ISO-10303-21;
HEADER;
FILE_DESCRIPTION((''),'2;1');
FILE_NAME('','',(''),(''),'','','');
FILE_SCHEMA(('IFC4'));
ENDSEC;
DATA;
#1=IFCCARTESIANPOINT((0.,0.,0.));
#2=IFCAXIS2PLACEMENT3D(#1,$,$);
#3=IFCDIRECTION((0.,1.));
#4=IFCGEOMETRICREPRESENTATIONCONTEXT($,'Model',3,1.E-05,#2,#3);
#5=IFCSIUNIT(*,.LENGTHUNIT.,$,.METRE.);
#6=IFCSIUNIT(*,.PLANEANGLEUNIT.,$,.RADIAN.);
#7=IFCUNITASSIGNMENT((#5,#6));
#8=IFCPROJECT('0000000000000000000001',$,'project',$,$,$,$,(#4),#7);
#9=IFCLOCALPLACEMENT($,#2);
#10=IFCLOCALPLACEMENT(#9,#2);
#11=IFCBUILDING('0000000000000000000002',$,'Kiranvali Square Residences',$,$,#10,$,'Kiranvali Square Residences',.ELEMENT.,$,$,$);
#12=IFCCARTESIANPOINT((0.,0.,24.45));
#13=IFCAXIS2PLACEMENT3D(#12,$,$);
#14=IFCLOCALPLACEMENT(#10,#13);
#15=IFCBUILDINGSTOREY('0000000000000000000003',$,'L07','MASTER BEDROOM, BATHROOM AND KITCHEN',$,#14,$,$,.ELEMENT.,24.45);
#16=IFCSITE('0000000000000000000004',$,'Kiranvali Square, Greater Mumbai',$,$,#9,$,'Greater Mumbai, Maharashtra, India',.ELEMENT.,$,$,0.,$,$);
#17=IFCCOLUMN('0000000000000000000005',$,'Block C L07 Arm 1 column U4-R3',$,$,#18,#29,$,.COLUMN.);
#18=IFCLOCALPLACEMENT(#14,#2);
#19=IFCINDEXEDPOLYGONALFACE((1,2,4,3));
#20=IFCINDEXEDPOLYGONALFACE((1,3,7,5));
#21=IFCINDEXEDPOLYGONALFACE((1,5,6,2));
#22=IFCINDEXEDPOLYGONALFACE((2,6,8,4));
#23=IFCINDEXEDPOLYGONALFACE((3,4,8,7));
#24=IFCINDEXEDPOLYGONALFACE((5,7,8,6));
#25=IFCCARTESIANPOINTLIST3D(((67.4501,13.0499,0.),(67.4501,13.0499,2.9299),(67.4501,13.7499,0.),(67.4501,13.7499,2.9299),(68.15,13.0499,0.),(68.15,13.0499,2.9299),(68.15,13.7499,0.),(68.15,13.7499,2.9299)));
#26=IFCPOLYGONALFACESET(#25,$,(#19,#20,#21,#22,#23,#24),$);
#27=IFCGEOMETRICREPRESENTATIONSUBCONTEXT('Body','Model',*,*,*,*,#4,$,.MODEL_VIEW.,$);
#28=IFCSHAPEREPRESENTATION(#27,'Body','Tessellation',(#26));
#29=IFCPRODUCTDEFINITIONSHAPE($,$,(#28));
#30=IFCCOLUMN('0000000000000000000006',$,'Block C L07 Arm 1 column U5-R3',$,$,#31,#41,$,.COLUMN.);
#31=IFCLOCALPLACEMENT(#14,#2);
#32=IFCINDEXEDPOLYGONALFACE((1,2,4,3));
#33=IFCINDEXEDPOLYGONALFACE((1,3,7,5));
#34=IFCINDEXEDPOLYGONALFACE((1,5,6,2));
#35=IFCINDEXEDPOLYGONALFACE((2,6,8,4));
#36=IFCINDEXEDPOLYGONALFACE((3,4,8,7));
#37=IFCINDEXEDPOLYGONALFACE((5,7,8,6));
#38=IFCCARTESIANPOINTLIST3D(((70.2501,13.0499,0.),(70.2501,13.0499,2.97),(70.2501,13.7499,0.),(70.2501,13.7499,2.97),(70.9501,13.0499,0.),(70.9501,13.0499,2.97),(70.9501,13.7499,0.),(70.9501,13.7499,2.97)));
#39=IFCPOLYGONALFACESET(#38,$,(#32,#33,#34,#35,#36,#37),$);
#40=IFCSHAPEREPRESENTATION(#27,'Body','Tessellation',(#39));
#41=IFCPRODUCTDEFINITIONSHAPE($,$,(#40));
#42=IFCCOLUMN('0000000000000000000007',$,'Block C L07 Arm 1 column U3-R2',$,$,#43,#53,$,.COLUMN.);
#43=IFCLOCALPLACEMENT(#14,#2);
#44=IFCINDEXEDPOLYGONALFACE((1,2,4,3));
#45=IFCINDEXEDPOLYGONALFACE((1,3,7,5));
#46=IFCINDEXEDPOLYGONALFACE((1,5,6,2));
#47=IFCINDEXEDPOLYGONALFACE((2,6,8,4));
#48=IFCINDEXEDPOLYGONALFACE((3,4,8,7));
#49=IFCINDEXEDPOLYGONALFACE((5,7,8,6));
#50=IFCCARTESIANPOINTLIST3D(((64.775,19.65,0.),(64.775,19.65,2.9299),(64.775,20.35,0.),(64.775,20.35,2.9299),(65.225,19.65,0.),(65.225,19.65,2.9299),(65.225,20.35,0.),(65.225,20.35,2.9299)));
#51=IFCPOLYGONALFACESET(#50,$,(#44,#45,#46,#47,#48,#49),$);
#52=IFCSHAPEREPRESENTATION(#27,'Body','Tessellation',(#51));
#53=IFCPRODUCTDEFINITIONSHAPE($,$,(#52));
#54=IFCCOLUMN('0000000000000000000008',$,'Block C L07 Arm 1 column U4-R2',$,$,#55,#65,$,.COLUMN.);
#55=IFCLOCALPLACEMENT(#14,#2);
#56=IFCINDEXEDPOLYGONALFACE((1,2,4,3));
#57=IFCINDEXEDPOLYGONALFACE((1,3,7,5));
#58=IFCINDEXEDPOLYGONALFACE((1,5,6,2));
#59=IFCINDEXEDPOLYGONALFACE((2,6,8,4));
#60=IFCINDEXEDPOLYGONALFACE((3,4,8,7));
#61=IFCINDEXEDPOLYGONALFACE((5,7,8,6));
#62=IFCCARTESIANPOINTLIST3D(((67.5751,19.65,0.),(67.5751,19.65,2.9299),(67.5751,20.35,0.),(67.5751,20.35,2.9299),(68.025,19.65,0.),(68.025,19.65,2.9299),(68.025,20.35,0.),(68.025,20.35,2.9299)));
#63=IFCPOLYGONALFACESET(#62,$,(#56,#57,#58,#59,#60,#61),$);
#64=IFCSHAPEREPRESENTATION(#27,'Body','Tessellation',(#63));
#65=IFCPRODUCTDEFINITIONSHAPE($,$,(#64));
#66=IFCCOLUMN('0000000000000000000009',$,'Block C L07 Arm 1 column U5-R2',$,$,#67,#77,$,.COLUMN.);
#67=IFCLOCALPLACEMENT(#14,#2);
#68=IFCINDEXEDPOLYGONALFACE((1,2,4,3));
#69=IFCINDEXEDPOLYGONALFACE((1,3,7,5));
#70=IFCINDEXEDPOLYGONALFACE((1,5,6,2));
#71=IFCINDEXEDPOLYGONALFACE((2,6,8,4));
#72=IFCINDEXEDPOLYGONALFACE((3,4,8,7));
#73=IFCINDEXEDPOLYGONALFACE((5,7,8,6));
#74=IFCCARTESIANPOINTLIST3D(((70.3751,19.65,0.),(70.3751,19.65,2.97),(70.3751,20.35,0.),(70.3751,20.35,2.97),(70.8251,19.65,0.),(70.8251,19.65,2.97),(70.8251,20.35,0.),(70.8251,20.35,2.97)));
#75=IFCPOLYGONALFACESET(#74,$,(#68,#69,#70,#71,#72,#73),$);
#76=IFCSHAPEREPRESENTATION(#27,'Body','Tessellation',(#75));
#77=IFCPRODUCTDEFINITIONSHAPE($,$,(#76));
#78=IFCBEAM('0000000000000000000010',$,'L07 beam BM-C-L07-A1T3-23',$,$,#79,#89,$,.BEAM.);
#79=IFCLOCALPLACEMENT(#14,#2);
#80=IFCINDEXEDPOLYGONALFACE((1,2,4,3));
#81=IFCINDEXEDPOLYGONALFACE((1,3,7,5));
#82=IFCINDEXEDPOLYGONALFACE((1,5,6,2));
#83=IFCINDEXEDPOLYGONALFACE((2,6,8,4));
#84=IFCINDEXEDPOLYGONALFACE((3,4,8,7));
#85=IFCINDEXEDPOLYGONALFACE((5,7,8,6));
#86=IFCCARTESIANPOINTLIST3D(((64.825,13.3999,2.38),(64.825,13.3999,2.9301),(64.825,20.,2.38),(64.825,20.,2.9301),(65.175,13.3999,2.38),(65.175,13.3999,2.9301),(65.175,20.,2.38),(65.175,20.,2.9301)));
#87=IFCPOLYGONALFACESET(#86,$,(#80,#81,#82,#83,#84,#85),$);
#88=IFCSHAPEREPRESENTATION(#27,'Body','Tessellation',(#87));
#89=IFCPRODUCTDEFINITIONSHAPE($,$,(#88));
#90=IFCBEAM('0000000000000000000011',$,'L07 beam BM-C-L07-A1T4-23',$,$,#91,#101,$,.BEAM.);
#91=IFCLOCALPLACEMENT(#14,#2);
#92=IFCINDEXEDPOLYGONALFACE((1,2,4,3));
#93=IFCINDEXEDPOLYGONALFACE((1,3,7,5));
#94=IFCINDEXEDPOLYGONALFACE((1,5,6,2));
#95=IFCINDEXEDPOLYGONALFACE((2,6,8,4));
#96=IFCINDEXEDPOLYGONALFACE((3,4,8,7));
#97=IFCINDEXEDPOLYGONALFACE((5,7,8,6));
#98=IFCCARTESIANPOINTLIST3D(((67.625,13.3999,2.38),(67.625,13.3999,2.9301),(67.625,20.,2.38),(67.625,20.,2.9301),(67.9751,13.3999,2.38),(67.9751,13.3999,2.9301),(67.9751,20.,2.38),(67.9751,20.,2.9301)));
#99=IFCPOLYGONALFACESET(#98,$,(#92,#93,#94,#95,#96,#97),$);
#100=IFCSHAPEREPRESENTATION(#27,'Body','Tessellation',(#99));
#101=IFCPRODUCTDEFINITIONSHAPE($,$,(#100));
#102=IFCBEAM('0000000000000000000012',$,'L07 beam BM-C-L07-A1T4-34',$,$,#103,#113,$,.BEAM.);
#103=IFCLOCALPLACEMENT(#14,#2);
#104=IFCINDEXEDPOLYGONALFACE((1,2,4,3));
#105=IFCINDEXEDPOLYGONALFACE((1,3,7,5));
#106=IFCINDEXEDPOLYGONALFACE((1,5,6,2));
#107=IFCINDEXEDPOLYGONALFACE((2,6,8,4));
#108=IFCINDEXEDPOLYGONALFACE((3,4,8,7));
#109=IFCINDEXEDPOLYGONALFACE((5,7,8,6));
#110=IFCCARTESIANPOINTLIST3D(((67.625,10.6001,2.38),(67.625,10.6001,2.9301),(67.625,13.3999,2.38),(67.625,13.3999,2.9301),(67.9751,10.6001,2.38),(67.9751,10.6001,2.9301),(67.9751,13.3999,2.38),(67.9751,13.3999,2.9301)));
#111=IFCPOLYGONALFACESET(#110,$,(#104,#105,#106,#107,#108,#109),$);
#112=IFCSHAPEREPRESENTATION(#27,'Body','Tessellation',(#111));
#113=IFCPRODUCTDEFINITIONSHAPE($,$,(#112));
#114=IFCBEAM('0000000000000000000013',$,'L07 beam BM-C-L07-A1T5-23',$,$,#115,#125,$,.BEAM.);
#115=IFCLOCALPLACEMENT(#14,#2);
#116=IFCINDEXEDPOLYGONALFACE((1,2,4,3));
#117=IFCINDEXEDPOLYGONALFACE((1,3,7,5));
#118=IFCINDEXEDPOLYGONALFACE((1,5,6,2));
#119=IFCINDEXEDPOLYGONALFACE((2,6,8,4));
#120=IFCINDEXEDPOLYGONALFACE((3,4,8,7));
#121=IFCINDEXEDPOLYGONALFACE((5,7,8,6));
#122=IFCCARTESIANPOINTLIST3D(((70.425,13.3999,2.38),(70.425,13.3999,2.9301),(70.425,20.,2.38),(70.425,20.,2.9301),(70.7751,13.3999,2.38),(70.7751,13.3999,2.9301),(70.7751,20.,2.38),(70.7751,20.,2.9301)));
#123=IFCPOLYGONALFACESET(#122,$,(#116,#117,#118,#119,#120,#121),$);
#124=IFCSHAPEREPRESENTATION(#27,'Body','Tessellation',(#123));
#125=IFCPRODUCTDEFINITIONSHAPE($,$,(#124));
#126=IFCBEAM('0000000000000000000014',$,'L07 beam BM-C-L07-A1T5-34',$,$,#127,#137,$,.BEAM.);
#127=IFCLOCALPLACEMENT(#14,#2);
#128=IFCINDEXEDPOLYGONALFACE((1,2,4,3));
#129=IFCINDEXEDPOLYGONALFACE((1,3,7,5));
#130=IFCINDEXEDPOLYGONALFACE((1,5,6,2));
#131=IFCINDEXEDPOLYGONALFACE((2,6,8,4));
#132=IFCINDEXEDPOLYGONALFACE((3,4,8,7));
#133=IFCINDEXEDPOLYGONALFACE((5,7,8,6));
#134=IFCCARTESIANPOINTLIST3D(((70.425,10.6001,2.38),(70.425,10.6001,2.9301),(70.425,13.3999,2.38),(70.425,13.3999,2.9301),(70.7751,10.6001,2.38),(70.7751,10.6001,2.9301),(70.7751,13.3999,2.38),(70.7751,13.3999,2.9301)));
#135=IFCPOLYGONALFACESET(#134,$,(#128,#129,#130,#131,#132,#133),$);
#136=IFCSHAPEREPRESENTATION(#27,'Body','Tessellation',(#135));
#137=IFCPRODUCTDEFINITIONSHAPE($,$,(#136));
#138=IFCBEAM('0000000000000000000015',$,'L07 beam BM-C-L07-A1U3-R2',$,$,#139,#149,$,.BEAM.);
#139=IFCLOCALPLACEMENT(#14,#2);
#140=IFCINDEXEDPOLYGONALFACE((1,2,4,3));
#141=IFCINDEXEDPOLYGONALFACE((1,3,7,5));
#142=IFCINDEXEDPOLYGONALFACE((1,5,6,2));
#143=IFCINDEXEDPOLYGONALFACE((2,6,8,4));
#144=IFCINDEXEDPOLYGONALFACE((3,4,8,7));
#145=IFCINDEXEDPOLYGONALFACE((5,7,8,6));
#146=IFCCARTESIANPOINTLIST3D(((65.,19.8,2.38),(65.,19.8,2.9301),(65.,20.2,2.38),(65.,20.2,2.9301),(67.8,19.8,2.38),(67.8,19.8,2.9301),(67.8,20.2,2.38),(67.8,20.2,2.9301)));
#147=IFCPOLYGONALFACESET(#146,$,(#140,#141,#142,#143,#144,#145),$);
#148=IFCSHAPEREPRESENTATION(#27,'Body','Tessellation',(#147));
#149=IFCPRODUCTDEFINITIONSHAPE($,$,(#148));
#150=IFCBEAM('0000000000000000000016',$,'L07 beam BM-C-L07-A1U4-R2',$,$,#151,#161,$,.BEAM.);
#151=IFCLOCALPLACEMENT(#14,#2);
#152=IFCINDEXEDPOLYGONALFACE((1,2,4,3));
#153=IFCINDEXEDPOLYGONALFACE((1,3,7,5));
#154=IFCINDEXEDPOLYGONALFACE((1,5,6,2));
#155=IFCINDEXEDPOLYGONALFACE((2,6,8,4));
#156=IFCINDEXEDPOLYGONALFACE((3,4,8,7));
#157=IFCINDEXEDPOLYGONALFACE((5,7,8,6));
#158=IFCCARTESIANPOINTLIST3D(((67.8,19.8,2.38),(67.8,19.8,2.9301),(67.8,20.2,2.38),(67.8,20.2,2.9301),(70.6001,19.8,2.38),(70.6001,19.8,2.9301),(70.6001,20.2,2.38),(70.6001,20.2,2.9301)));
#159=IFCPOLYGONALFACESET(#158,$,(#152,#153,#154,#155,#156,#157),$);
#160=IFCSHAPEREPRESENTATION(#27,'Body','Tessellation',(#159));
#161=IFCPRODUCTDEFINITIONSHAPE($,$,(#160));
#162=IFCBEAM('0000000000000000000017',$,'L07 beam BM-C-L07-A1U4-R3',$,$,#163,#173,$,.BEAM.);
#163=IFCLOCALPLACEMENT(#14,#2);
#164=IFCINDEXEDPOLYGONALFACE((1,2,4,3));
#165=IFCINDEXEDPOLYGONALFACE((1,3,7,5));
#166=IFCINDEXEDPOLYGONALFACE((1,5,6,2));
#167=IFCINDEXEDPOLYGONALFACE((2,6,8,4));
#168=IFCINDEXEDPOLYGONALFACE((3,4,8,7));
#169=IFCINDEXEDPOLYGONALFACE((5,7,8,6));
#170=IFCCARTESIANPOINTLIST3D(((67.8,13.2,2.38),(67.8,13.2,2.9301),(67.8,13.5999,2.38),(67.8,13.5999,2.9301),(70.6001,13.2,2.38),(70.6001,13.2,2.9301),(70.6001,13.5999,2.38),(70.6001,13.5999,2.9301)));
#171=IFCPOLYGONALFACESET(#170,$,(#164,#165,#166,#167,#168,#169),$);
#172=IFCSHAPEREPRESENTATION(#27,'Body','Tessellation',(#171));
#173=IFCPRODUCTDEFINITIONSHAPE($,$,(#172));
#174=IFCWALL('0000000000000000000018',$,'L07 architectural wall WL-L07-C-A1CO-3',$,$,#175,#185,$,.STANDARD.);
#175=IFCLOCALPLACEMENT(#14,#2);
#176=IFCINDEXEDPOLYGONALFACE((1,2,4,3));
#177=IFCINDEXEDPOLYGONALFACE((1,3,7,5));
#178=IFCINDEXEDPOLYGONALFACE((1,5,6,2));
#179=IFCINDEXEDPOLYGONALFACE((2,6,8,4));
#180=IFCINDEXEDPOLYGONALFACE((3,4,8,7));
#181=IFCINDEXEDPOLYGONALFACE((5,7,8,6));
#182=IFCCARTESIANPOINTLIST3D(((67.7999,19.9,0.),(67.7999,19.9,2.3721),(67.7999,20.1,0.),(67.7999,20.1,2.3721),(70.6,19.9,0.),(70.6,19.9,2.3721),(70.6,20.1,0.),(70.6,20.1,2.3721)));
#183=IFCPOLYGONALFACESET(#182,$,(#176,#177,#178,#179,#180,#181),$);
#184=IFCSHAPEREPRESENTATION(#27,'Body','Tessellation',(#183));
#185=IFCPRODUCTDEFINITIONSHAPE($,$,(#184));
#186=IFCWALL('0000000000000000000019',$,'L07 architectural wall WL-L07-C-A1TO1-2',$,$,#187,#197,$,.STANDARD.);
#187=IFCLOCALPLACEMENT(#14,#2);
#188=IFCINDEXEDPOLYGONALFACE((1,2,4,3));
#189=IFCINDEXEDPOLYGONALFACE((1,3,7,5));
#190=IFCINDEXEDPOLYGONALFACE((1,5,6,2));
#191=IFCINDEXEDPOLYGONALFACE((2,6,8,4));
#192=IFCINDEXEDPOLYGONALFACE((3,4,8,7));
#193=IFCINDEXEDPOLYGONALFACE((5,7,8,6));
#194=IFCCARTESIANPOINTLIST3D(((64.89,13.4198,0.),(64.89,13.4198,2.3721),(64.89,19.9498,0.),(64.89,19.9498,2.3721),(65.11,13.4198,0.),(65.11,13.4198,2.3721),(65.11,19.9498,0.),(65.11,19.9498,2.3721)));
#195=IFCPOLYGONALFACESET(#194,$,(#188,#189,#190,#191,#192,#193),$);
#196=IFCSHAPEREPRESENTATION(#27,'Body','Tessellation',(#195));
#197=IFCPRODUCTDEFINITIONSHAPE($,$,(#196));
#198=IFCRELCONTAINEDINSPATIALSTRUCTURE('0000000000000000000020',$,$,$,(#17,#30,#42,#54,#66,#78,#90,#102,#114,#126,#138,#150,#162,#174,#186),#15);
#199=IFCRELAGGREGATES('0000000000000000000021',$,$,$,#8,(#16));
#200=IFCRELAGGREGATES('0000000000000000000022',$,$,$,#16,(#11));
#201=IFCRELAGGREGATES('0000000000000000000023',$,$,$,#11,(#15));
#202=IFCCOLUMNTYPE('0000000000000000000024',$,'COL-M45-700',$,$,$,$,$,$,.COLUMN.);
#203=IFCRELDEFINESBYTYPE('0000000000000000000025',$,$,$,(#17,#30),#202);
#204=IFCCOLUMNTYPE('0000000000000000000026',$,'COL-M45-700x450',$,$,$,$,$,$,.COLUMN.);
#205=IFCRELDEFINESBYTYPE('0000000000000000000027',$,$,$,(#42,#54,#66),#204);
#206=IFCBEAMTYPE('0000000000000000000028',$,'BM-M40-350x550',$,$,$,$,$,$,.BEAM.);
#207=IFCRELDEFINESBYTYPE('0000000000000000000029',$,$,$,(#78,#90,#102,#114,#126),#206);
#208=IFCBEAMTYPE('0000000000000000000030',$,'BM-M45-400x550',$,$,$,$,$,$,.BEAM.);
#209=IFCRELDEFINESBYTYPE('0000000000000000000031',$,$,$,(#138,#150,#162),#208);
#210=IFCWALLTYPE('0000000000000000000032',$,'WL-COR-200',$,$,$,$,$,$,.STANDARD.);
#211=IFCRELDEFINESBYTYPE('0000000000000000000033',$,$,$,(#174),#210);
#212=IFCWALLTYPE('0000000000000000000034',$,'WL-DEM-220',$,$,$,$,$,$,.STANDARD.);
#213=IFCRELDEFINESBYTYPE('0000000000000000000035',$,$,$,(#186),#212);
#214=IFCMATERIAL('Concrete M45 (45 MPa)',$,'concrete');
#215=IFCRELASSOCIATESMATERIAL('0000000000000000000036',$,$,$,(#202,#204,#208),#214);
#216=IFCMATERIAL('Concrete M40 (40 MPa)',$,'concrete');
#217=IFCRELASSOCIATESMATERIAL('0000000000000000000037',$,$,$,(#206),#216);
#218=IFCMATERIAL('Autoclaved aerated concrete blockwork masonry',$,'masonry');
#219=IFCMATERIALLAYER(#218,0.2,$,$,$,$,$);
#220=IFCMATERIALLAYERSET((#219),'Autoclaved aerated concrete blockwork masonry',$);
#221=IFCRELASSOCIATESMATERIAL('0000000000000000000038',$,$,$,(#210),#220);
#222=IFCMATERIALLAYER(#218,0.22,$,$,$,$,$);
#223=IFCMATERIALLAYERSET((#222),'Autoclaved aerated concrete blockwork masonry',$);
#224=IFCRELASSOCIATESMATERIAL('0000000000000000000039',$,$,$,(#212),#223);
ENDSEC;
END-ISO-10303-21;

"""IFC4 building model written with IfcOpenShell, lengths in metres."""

from ifc_helpers import new_model, si_unit, direction, frame, frame_2d, origin, origin_2d, place, context, subcontext, project, spatial, rectangle, extrude, material, layer, layer_set, material_profile, profile_set, type_object, element, save


model = new_model("IFC4")

# Units and contexts
model_context = context("Model", 3, precision=1e-05, world=origin(), true_north=direction((0.0, 1.0)))
body_context = subcontext(model_context, "Body", "Model", "MODEL_VIEW")
ifc_project = project(units=[si_unit("LENGTHUNIT", "METRE"), si_unit("PLANEANGLEUNIT", "RADIAN")], contexts=[model_context])

# Site, building, storey
site_placement = place(None, origin())
site = spatial("IfcSite", under=ifc_project, at=site_placement, Name="Kiranvali Square, Greater Mumbai", LongName="Greater Mumbai, Maharashtra, India", CompositionType="ELEMENT", RefElevation=0.0)
building_placement = place(site_placement, origin())
building = spatial("IfcBuilding", under=site, at=building_placement, Name="Kiranvali Square Residences", LongName="Kiranvali Square Residences", CompositionType="ELEMENT")
storey_placement = place(building_placement, frame((0.0, 0.0, 24.45)))
storey = spatial("IfcBuildingStorey", under=building, at=storey_placement, Name="L07", Description="MASTER BEDROOM, BATHROOM AND KITCHEN", CompositionType="ELEMENT", Elevation=24.45)

# Columns
ifc_material_1 = material(Name="Concrete M45 (45 MPa)", Category="concrete")
ifc_material_profile_1 = material_profile(ifc_material_1, rectangle(XDim=0.7, YDim=0.7, at=origin_2d()), Name="RC 700x700")
ifc_profile_set_1 = profile_set([ifc_material_profile_1], Name="Concrete M45 (45 MPa)")
column_type_1 = type_object("IfcColumnType", Name="COL-M45-700", PredefinedType="COLUMN", material=ifc_profile_set_1)
column_1_placement = place(storey_placement, frame((67.8, 13.3999, 0.0), z_axis=(0.0, 0.0, 1.0), x_axis=(1.0, 0.0, 0.0)))
element("IfcColumn", 1, at=column_1_placement, inside=storey, type_object=column_type_1, Name="Block C L07 Arm 1 column U4-R3", PredefinedType="COLUMN", context=body_context, shape_type="SweptSolid", body=[
    extrude(rectangle(XDim=0.7, YDim=0.7, at=origin_2d()), origin(), (0.0, 0.0, 1.0), 2.9299),
])
column_2_placement = place(storey_placement, frame((70.6001, 13.3999, 0.0), z_axis=(0.0, 0.0, 1.0), x_axis=(1.0, 0.0, 0.0)))
element("IfcColumn", 2, at=column_2_placement, inside=storey, type_object=column_type_1, Name="Block C L07 Arm 1 column U5-R3", PredefinedType="COLUMN", context=body_context, shape_type="SweptSolid", body=[
    extrude(rectangle(XDim=0.7, YDim=0.7, at=origin_2d()), origin(), (0.0, 0.0, 1.0), 2.97),
])
ifc_material_profile_2 = material_profile(ifc_material_1, rectangle(XDim=0.45, YDim=0.7, at=origin_2d()), Name="RC 700x450")
ifc_profile_set_2 = profile_set([ifc_material_profile_2], Name="Concrete M45 (45 MPa)")
column_type_2 = type_object("IfcColumnType", Name="COL-M45-700x450", PredefinedType="COLUMN", material=ifc_profile_set_2)
for number, where, z_axis, x_axis, name in (
    (3, (65.0, 20.0, 0.0), (0.0, 0.0, 1.0), (1.0, 0.0, 0.0), "Block C L07 Arm 1 column U3-R2"),
    (4, (67.8, 20.0, 0.0), (0.0, 0.0, 1.0), (1.0, 0.0, 0.0), "Block C L07 Arm 1 column U4-R2"),
):
    element("IfcColumn", number, at=place(storey_placement, frame(where, z_axis=z_axis, x_axis=x_axis)), inside=storey, type_object=column_type_2, Name=name, PredefinedType="COLUMN", context=body_context, shape_type="SweptSolid", body=[
        extrude(rectangle(XDim=0.45, YDim=0.7, at=origin_2d()), origin(), (0.0, 0.0, 1.0), 2.9299),
    ])
column_3_placement = place(storey_placement, frame((70.6001, 20.0, 0.0), z_axis=(0.0, 0.0, 1.0), x_axis=(1.0, 0.0, 0.0)))
element("IfcColumn", 5, at=column_3_placement, inside=storey, type_object=column_type_2, Name="Block C L07 Arm 1 column U5-R2", PredefinedType="COLUMN", context=body_context, shape_type="SweptSolid", body=[
    extrude(rectangle(XDim=0.45, YDim=0.7, at=origin_2d()), origin(), (0.0, 0.0, 1.0), 2.97),
])

# Beams
ifc_material_2 = material(Name="Concrete M40 (40 MPa)", Category="concrete")
ifc_material_profile_3 = material_profile(ifc_material_2, rectangle(XDim=0.3501, YDim=0.55, at=origin_2d()), Name="RC 350x550")
ifc_profile_set_3 = profile_set([ifc_material_profile_3], Name="Concrete M40 (40 MPa)")
beam_type_1 = type_object("IfcBeamType", Name="BM-M40-350x550", PredefinedType="BEAM", material=ifc_profile_set_3)
for number, where, z_axis, x_axis, name in (
    (6, (65.0, 20.0, 2.655), (0.0, -1.0, 0.0), (1.0, 0.0, 0.0), "L07 beam BM-C-L07-A1T3-23"),
    (7, (67.8, 20.0, 2.655), (0.0, -1.0, 0.0), (1.0, 0.0, 0.0), "L07 beam BM-C-L07-A1T4-23"),
):
    element("IfcBeam", number, at=place(storey_placement, frame(where, z_axis=z_axis, x_axis=x_axis)), inside=storey, type_object=beam_type_1, Name=name, PredefinedType="BEAM", context=body_context, shape_type="SweptSolid", body=[
        extrude(rectangle(XDim=0.3501, YDim=0.55, at=origin_2d()), origin(), (0.0, 0.0, 1.0), 6.6001),
    ])
beam_1_placement = place(storey_placement, frame((67.8, 13.3999, 2.655), z_axis=(0.0, -1.0, 0.0), x_axis=(1.0, 0.0, 0.0)))
element("IfcBeam", 8, at=beam_1_placement, inside=storey, type_object=beam_type_1, Name="L07 beam BM-C-L07-A1T4-34", PredefinedType="BEAM", context=body_context, shape_type="SweptSolid", body=[
    extrude(rectangle(XDim=0.3501, YDim=0.55, at=origin_2d()), origin(), (0.0, 0.0, 1.0), 2.7998),
])
beam_2_placement = place(storey_placement, frame((70.6001, 20.0, 2.655), z_axis=(0.0, -1.0, 0.0), x_axis=(1.0, 0.0, 0.0)))
element("IfcBeam", 9, at=beam_2_placement, inside=storey, type_object=beam_type_1, Name="L07 beam BM-C-L07-A1T5-23", PredefinedType="BEAM", context=body_context, shape_type="SweptSolid", body=[
    extrude(rectangle(XDim=0.3501, YDim=0.55, at=origin_2d()), origin(), (0.0, 0.0, 1.0), 6.6001),
])
beam_3_placement = place(storey_placement, frame((70.6001, 13.3999, 2.655), z_axis=(0.0, -1.0, 0.0), x_axis=(1.0, 0.0, 0.0)))
element("IfcBeam", 10, at=beam_3_placement, inside=storey, type_object=beam_type_1, Name="L07 beam BM-C-L07-A1T5-34", PredefinedType="BEAM", context=body_context, shape_type="SweptSolid", body=[
    extrude(rectangle(XDim=0.3501, YDim=0.55, at=origin_2d()), origin(), (0.0, 0.0, 1.0), 2.7998),
])
ifc_material_profile_4 = material_profile(ifc_material_1, rectangle(XDim=0.3999, YDim=0.55, at=origin_2d()), Name="RC 400x550")
ifc_profile_set_4 = profile_set([ifc_material_profile_4], Name="Concrete M45 (45 MPa)")
beam_type_2 = type_object("IfcBeamType", Name="BM-M45-400x550", PredefinedType="BEAM", material=ifc_profile_set_4)
for number, where, z_axis, x_axis, name in (
    (11, (65.0, 20.0, 2.655), (1.0, 0.0, 0.0), (0.0, 1.0, 0.0), "L07 beam BM-C-L07-A1U3-R2"),
    (12, (67.8, 20.0, 2.655), (1.0, 0.0, 0.0), (0.0, 1.0, 0.0), "L07 beam BM-C-L07-A1U4-R2"),
    (13, (67.8, 13.3999, 2.655), (1.0, 0.0, 0.0), (0.0, 1.0, 0.0), "L07 beam BM-C-L07-A1U4-R3"),
):
    element("IfcBeam", number, at=place(storey_placement, frame(where, z_axis=z_axis, x_axis=x_axis)), inside=storey, type_object=beam_type_2, Name=name, PredefinedType="BEAM", context=body_context, shape_type="SweptSolid", body=[
        extrude(rectangle(XDim=0.3999, YDim=0.55, at=origin_2d()), origin(), (0.0, 0.0, 1.0), 2.8),
    ])

# Shared definitions
ifc_material_3 = material(Name="Autoclaved aerated concrete blockwork masonry", Category="masonry")
ifc_layer_1 = layer(ifc_material_3, 0.2)
ifc_layer_set_1 = layer_set([ifc_layer_1], Name="Autoclaved aerated concrete blockwork masonry")
wall_type_1 = type_object("IfcWallType", Name="WL-COR-200", PredefinedType="STANDARD", material=ifc_layer_set_1)

# Walls
wall_1_placement = place(storey_placement, frame((67.8, 20.0, 0.0), z_axis=(0.0, 0.0, 1.0), x_axis=(1.0, 0.0, 0.0)))
element("IfcWall", 14, at=wall_1_placement, inside=storey, type_object=wall_type_1, Name="L07 architectural wall WL-L07-C-A1CO-3", PredefinedType="STANDARD", context=body_context, shape_type="SweptSolid", body=[
    extrude(rectangle(XDim=2.8, YDim=0.2, at=frame_2d((1.3999, 0.0))), origin(), (0.0, 0.0, 1.0), 2.3721),
])
ifc_layer_2 = layer(ifc_material_3, 0.22)
ifc_layer_set_2 = layer_set([ifc_layer_2], Name="Autoclaved aerated concrete blockwork masonry")
wall_type_2 = type_object("IfcWallType", Name="WL-DEM-220", PredefinedType="STANDARD", material=ifc_layer_set_2)
wall_2_placement = place(storey_placement, frame((65.0, 19.95, 0.0), z_axis=(0.0, 0.0, 1.0), x_axis=(0.0, -1.0, 0.0)))
element("IfcWall", 15, at=wall_2_placement, inside=storey, type_object=wall_type_2, Name="L07 architectural wall WL-L07-C-A1TO1-2", PredefinedType="STANDARD", context=body_context, shape_type="SweptSolid", body=[
    extrude(rectangle(XDim=6.53, YDim=0.22, at=frame_2d((3.2651, 0.0))), origin(), (0.0, 0.0, 1.0), 2.3721),
])

save(model, "model.ifc")
